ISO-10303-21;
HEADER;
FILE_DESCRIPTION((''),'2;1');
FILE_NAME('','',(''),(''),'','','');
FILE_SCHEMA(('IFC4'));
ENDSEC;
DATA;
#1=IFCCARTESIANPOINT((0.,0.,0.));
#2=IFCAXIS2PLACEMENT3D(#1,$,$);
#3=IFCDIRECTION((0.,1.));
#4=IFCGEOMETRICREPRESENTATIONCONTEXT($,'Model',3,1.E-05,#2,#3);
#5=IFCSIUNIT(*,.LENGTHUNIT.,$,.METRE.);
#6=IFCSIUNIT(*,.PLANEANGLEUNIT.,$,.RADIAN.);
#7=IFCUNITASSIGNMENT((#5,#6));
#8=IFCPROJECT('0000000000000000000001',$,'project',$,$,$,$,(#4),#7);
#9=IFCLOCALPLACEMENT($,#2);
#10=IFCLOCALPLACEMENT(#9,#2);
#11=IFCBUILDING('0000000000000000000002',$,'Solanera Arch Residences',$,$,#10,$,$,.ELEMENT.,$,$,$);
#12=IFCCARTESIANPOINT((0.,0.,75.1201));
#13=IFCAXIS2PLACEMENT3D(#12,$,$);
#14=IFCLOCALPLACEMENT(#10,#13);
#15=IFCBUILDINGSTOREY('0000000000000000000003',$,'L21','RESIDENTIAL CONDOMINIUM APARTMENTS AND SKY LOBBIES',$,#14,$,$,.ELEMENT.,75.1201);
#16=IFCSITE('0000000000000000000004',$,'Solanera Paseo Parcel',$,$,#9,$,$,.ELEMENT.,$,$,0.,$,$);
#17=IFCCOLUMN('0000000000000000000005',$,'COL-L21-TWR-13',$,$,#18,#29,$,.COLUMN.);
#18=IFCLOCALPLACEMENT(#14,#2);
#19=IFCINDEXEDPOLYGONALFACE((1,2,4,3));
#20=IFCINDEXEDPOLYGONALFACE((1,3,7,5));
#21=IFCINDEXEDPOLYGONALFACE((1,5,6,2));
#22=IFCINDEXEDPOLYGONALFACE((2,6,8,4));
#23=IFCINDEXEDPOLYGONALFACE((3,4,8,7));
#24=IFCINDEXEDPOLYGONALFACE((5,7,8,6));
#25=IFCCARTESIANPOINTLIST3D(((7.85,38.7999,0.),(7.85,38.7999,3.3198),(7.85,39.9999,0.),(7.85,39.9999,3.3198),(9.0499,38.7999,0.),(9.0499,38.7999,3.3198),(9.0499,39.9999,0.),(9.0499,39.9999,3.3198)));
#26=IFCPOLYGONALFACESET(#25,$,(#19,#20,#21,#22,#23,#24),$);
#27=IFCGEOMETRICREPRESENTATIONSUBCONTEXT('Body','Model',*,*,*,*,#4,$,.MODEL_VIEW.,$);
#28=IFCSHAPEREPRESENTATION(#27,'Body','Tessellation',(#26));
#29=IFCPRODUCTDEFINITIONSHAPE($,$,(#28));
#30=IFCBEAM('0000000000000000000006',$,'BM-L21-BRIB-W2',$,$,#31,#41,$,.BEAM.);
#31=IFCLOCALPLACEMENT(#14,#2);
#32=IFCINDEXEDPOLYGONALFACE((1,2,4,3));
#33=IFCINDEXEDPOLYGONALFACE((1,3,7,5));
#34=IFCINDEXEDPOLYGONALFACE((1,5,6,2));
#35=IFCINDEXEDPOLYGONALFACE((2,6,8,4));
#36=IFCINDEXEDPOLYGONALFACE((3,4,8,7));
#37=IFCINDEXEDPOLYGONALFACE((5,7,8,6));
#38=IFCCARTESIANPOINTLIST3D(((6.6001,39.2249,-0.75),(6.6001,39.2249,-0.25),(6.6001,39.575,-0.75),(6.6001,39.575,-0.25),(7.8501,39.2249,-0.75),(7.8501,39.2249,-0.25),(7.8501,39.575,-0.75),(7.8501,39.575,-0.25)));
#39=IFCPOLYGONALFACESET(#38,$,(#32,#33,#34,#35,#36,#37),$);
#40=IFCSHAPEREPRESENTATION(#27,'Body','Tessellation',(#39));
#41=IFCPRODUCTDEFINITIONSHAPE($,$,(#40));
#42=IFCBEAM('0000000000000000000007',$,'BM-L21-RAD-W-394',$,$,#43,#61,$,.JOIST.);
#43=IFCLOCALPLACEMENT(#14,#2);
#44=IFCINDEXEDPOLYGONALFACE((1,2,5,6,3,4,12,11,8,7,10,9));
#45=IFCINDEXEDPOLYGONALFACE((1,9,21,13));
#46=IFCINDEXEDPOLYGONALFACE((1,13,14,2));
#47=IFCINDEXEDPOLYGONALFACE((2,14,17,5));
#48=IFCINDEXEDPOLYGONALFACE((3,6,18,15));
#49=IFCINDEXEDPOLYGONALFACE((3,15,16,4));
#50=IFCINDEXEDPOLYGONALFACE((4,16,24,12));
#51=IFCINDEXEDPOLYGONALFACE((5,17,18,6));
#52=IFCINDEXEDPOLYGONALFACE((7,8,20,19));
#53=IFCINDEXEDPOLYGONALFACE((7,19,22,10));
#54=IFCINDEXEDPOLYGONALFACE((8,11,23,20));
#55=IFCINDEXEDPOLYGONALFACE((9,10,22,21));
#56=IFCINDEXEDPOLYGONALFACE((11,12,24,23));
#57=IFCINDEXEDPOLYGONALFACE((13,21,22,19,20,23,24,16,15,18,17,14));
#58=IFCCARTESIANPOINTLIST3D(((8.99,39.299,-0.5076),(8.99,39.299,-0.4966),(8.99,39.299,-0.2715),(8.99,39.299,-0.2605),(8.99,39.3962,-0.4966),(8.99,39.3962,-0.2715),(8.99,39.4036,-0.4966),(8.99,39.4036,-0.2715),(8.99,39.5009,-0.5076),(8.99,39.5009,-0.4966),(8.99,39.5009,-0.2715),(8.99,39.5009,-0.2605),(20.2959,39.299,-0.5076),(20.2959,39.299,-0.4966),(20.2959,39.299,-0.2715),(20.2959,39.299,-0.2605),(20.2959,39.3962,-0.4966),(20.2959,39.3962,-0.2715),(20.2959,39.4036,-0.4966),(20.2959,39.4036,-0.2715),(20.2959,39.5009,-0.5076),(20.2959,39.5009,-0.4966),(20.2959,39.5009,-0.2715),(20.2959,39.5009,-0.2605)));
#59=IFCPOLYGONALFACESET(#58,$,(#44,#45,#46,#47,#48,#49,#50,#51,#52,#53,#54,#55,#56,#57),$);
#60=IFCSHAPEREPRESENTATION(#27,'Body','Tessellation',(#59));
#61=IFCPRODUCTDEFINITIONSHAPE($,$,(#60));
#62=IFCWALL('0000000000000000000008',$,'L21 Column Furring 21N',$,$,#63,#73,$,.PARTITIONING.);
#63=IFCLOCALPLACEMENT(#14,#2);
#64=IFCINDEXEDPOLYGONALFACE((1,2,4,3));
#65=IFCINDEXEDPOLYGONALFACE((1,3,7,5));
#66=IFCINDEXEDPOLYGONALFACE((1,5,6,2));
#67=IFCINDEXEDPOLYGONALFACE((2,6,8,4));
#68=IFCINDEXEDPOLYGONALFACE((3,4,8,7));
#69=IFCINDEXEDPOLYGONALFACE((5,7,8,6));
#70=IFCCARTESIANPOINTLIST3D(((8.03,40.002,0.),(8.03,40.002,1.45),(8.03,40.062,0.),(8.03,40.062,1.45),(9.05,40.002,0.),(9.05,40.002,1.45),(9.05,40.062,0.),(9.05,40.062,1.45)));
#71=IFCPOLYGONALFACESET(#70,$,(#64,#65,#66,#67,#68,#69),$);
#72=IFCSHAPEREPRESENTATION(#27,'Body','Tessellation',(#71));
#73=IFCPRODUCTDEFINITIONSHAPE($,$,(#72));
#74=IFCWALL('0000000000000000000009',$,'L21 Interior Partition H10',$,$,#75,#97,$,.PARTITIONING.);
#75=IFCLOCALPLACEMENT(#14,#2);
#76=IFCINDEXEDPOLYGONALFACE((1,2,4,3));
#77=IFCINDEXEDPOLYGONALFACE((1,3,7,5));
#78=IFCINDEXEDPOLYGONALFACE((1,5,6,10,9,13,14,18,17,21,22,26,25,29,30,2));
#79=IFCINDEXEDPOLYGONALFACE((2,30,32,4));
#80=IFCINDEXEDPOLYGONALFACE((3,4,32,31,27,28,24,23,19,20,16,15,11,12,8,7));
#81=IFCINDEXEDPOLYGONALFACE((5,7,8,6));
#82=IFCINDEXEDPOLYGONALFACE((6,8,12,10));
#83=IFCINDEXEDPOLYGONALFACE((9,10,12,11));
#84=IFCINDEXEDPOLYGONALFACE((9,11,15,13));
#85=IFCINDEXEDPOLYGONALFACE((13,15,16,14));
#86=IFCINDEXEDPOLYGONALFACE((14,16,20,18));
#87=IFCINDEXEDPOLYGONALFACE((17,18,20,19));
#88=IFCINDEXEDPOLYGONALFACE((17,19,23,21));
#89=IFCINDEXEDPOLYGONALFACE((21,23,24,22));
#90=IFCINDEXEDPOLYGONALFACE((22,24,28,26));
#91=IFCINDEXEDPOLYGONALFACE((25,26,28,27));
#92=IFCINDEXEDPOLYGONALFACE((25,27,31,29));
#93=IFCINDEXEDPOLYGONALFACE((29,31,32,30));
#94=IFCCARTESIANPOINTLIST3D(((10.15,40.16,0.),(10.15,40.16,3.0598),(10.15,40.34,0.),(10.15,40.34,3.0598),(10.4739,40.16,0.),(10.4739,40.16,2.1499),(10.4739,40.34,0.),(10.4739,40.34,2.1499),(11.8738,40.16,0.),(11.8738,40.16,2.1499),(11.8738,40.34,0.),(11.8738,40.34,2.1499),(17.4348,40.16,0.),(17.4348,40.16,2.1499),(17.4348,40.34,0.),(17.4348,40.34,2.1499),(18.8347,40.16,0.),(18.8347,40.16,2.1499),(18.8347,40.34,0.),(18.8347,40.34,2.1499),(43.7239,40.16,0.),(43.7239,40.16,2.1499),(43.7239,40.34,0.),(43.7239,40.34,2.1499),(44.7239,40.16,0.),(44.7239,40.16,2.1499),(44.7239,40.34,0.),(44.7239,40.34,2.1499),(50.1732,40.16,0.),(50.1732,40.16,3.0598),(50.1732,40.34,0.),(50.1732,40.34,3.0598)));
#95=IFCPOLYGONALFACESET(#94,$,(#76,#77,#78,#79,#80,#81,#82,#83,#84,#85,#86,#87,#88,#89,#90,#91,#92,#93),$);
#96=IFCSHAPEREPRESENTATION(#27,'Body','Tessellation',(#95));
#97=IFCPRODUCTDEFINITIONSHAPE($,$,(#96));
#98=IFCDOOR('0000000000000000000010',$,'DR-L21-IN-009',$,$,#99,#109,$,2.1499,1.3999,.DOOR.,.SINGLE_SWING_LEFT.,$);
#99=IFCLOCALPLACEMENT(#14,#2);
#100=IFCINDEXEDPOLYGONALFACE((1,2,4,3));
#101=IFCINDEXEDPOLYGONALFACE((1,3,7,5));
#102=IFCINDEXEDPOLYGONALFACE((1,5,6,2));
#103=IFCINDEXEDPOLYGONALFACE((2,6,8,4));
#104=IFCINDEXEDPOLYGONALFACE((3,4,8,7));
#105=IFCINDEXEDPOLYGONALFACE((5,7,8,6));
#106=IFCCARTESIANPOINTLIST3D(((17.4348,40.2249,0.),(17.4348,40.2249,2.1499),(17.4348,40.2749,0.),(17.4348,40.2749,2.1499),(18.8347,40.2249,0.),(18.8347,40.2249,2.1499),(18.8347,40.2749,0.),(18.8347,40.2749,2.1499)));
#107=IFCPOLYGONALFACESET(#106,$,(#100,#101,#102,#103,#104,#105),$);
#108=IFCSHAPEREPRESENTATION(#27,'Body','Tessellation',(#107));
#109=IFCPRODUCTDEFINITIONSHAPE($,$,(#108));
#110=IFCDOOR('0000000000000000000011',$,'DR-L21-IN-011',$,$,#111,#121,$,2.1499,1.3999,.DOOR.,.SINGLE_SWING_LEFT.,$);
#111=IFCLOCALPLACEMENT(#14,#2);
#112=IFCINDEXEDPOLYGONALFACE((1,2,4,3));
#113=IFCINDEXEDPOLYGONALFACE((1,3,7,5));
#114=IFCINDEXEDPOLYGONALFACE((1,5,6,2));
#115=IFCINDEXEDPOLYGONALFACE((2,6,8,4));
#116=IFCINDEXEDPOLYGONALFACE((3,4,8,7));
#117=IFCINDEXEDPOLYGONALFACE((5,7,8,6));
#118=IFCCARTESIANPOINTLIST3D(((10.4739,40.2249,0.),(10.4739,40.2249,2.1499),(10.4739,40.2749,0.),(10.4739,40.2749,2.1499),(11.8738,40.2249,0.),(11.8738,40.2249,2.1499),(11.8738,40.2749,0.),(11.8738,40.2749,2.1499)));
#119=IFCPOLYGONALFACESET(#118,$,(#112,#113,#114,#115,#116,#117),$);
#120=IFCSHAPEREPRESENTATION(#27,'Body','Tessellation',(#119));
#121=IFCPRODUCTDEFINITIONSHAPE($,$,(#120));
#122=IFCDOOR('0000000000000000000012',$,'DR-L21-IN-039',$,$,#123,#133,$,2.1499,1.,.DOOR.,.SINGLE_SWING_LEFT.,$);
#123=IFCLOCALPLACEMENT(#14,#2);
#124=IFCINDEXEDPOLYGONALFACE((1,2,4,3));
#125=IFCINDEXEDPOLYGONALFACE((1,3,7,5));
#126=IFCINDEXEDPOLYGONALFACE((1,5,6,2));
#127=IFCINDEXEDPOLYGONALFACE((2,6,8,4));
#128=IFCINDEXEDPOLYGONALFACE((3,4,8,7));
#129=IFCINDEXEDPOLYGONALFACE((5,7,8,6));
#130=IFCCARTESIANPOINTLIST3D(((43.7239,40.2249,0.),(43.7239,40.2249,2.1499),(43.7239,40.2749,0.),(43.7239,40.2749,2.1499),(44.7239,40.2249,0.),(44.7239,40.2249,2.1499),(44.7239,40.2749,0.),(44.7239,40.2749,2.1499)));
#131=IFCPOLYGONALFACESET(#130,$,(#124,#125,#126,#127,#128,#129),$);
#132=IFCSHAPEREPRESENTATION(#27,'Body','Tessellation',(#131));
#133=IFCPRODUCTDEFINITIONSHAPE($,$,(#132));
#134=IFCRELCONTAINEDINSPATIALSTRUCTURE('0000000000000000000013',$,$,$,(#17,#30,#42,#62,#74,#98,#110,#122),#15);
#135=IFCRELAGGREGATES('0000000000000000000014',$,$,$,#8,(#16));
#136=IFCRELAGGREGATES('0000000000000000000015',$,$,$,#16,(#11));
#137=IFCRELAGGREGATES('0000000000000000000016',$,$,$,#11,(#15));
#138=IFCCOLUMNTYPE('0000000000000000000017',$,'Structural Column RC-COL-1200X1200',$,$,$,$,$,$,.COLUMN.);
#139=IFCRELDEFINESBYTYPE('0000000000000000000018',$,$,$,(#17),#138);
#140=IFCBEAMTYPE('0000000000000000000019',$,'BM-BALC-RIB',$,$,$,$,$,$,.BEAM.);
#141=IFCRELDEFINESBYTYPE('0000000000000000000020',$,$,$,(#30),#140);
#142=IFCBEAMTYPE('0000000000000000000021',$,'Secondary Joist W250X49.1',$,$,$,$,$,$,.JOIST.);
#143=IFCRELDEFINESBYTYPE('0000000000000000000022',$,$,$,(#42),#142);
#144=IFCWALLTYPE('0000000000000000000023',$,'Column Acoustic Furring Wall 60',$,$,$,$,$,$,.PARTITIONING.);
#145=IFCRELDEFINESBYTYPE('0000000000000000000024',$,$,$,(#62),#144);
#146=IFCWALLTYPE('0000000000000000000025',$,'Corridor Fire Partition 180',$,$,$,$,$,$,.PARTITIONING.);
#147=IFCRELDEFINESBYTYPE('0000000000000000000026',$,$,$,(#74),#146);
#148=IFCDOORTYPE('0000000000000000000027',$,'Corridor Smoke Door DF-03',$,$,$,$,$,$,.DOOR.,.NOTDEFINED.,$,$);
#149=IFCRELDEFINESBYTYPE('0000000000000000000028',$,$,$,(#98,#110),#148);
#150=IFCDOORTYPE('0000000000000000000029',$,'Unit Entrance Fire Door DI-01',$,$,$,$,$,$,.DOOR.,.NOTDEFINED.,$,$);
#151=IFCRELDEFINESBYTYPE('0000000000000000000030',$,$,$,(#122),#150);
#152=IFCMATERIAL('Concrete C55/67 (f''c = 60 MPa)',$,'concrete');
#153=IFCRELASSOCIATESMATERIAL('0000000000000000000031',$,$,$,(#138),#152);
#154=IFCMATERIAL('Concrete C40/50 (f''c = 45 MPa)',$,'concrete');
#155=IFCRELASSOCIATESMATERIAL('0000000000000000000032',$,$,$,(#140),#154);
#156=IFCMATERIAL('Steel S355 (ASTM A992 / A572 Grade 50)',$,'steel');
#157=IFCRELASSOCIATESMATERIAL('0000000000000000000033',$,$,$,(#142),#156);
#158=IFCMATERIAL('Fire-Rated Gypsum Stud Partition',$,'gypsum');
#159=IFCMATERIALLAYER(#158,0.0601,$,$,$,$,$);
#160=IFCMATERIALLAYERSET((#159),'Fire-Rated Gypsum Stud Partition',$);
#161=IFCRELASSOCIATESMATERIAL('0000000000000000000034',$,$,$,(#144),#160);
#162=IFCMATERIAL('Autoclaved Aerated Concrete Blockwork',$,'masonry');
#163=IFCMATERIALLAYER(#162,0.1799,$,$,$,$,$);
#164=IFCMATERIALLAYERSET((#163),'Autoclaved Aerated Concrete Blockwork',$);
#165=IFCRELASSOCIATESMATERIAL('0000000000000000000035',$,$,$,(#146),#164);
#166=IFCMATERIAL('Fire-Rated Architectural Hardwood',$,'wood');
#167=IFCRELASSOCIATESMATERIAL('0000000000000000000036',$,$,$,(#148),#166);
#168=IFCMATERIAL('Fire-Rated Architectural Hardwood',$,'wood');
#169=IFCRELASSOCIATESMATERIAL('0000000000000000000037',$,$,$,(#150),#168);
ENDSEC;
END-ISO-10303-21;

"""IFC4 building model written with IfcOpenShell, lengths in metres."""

from ifc_helpers import new_model, si_unit, direction, frame, frame_2d, origin, origin_2d, place, context, subcontext, project, spatial, rectangle, i_section, extrude, material, layer, layer_set, material_profile, profile_set, type_object, element, fill, save


model = new_model("IFC4")

# Units and contexts
model_context = context("Model", 3, precision=1e-05, world=origin(), true_north=direction((0.0, 1.0)))
body_context = subcontext(model_context, "Body", "Model", "MODEL_VIEW")
ifc_project = project(units=[si_unit("LENGTHUNIT", "METRE"), si_unit("PLANEANGLEUNIT", "RADIAN")], contexts=[model_context])

# Site, building, storey
site_placement = place(None, origin())
site = spatial("IfcSite", under=ifc_project, at=site_placement, Name="Solanera Paseo Parcel", CompositionType="ELEMENT", RefElevation=0.0)
building_placement = place(site_placement, origin())
building = spatial("IfcBuilding", under=site, at=building_placement, Name="Solanera Arch Residences", CompositionType="ELEMENT")
storey_placement = place(building_placement, frame((0.0, 0.0, 75.1201)))
storey = spatial("IfcBuildingStorey", under=building, at=storey_placement, Name="L21", Description="RESIDENTIAL CONDOMINIUM APARTMENTS AND SKY LOBBIES", CompositionType="ELEMENT", Elevation=75.1201)

# Column
ifc_material_1 = material(Name="Concrete C55/67 (f'c = 60 MPa)", Category="concrete")
ifc_material_profile_1 = material_profile(ifc_material_1, rectangle(XDim=1.2, YDim=1.2, at=origin_2d()))
ifc_profile_set_1 = profile_set([ifc_material_profile_1], Name="Concrete C55/67 (f'c = 60 MPa)")
column_type = type_object("IfcColumnType", Name="Structural Column RC-COL-1200X1200", PredefinedType="COLUMN", material=ifc_profile_set_1)
column_placement = place(storey_placement, frame((8.45, 39.3999, 0.0), z_axis=(0.0, 0.0, 1.0), x_axis=(1.0, 0.0, 0.0)))
element("IfcColumn", 1, at=column_placement, inside=storey, type_object=column_type, Name="COL-L21-TWR-13", PredefinedType="COLUMN", context=body_context, shape_type="SweptSolid", body=[
    extrude(rectangle(XDim=1.2, YDim=1.2, at=origin_2d()), origin(), (0.0, 0.0, 1.0), 3.3198),
])

# Beams
ifc_material_2 = material(Name="Concrete C40/50 (f'c = 45 MPa)", Category="concrete")
ifc_material_profile_2 = material_profile(ifc_material_2, rectangle(XDim=0.3501, YDim=0.5, at=origin_2d()))
ifc_profile_set_2 = profile_set([ifc_material_profile_2], Name="Concrete C40/50 (f'c = 45 MPa)")
beam_type_1 = type_object("IfcBeamType", Name="BM-BALC-RIB", PredefinedType="BEAM", material=ifc_profile_set_2)
beam_1_placement = place(storey_placement, frame((6.6001, 39.3999, -0.5), z_axis=(1.0, 0.0, 0.0), x_axis=(0.0, 1.0, 0.0)))
element("IfcBeam", 2, at=beam_1_placement, inside=storey, type_object=beam_type_1, Name="BM-L21-BRIB-W2", PredefinedType="BEAM", context=body_context, shape_type="SweptSolid", body=[
    extrude(rectangle(XDim=0.3501, YDim=0.5, at=origin_2d()), origin(), (0.0, 0.0, 1.0), 1.25),
])
ifc_material_3 = material(Name="Steel S355 (ASTM A992 / A572 Grade 50)", Category="steel")
ifc_material_profile_3 = material_profile(ifc_material_3, i_section(OverallWidth=0.2019, OverallDepth=0.2471, WebThickness=0.0073, FlangeThickness=0.011, at=origin_2d()))
ifc_profile_set_3 = profile_set([ifc_material_profile_3], Name="Steel S355 (ASTM A992 / A572 Grade 50)")
beam_type_2 = type_object("IfcBeamType", Name="Secondary Joist W250X49.1", PredefinedType="JOIST", material=ifc_profile_set_3)
beam_2_placement = place(storey_placement, frame((8.99, 39.3999, -0.384), z_axis=(1.0, 0.0, 0.0), x_axis=(0.0, 1.0, 0.0)))
element("IfcBeam", 3, at=beam_2_placement, inside=storey, type_object=beam_type_2, Name="BM-L21-RAD-W-394", PredefinedType="JOIST", context=body_context, shape_type="SweptSolid", body=[
    extrude(i_section(OverallWidth=0.2019, OverallDepth=0.2471, WebThickness=0.0073, FlangeThickness=0.011, at=origin_2d()), origin(), (0.0, 0.0, 1.0), 11.3059),
])

# Wall
ifc_material_4 = material(Name="Fire-Rated Gypsum Stud Partition", Category="gypsum")
ifc_layer_1 = layer(ifc_material_4, 0.0601)
ifc_layer_set_1 = layer_set([ifc_layer_1], Name="Fire-Rated Gypsum Stud Partition")
wall_type_1 = type_object("IfcWallType", Name="Column Acoustic Furring Wall 60", PredefinedType="PARTITIONING", material=ifc_layer_set_1)
wall_1_placement = place(storey_placement, frame((8.03, 40.032, 0.0), z_axis=(0.0, 0.0, 1.0), x_axis=(1.0, 0.0, 0.0)))
element("IfcWall", 4, at=wall_1_placement, inside=storey, type_object=wall_type_1, Name="L21 Column Furring 21N", PredefinedType="PARTITIONING", context=body_context, shape_type="SweptSolid", body=[
    extrude(rectangle(XDim=1.02, YDim=0.0601, at=frame_2d((0.51, 0.0))), origin(), (0.0, 0.0, 1.0), 1.45),
])

# Wall, openings, doors
ifc_material_5 = material(Name="Autoclaved Aerated Concrete Blockwork", Category="masonry")
ifc_layer_2 = layer(ifc_material_5, 0.1799)
ifc_layer_set_2 = layer_set([ifc_layer_2], Name="Autoclaved Aerated Concrete Blockwork")
wall_type_2 = type_object("IfcWallType", Name="Corridor Fire Partition 180", PredefinedType="PARTITIONING", material=ifc_layer_set_2)
wall_2_placement = place(storey_placement, frame((10.1499, 40.25, 0.0), z_axis=(0.0, 0.0, 1.0), x_axis=(1.0, 0.0, 0.0)))
wall_2 = element("IfcWall", 5, at=wall_2_placement, inside=storey, type_object=wall_type_2, Name="L21 Interior Partition H10", PredefinedType="PARTITIONING", context=body_context, shape_type="SweptSolid", body=[
    extrude(rectangle(XDim=40.0232, YDim=0.1799, at=frame_2d((20.0117, 0.0))), origin(), (0.0, 0.0, 1.0), 3.0598),
])
opening_1_placement = place(wall_2_placement, frame((7.2849, 0.0, 0.0)))
opening_1 = element("IfcOpeningElement", 6, at=opening_1_placement, cuts=wall_2, PredefinedType="OPENING", context=body_context, shape_type="SweptSolid", body=[
    extrude(rectangle(XDim=1.3999, YDim=2.1499, at=frame_2d((0.7, 1.075))), frame((0.0, 0.1001, 0.0), z_axis=(0.0, -1.0, 0.0), x_axis=(1.0, 0.0, 0.0)), (0.0, 0.0, 1.0), 0.1999),
])
opening_2_placement = place(wall_2_placement, frame((0.324, 0.0, 0.0)))
opening_2 = element("IfcOpeningElement", 7, at=opening_2_placement, cuts=wall_2, PredefinedType="OPENING", context=body_context, shape_type="SweptSolid", body=[
    extrude(rectangle(XDim=1.3999, YDim=2.1499, at=frame_2d((0.7, 1.075))), frame((0.0, 0.1001, 0.0), z_axis=(0.0, -1.0, 0.0), x_axis=(1.0, 0.0, 0.0)), (0.0, 0.0, 1.0), 0.1999),
])
opening_3_placement = place(wall_2_placement, frame((33.574, 0.0, 0.0)))
opening_3 = element("IfcOpeningElement", 8, at=opening_3_placement, cuts=wall_2, PredefinedType="OPENING", context=body_context, shape_type="SweptSolid", body=[
    extrude(rectangle(XDim=1.0, YDim=2.1499, at=frame_2d((0.5, 1.075))), frame((0.0, 0.1001, 0.0), z_axis=(0.0, -1.0, 0.0), x_axis=(1.0, 0.0, 0.0)), (0.0, 0.0, 1.0), 0.1999),
])
ifc_material_6 = material(Name="Fire-Rated Architectural Hardwood", Category="wood")
door_type_1 = type_object("IfcDoorType", Name="Corridor Smoke Door DF-03", OperationType="NOTDEFINED", PredefinedType="DOOR", material=ifc_material_6)
door_1_placement = place(opening_1_placement, origin())
door_1 = element("IfcDoor", 9, at=door_1_placement, inside=storey, type_object=door_type_1, Name="DR-L21-IN-009", OperationType="SINGLE_SWING_LEFT", OverallHeight=2.1499, OverallWidth=1.3999, PredefinedType="DOOR", context=body_context, shape_type="SweptSolid", body=[
    extrude(rectangle(XDim=1.3999, YDim=2.1499, at=frame_2d((0.7, 1.075))), frame((0.0, 0.0249, 0.0), z_axis=(0.0, -1.0, 0.0), x_axis=(1.0, 0.0, 0.0)), (0.0, 0.0, 1.0), 0.05),
])
fill(opening_1, door_1)
door_2_placement = place(opening_2_placement, origin())
door_2 = element("IfcDoor", 10, at=door_2_placement, inside=storey, type_object=door_type_1, Name="DR-L21-IN-011", OperationType="SINGLE_SWING_LEFT", OverallHeight=2.1499, OverallWidth=1.3999, PredefinedType="DOOR", context=body_context, shape_type="SweptSolid", body=[
    extrude(rectangle(XDim=1.3999, YDim=2.1499, at=frame_2d((0.7, 1.075))), frame((0.0, 0.0249, 0.0), z_axis=(0.0, -1.0, 0.0), x_axis=(1.0, 0.0, 0.0)), (0.0, 0.0, 1.0), 0.05),
])
fill(opening_2, door_2)
ifc_material_7 = material(Name="Fire-Rated Architectural Hardwood", Category="wood")
door_type_2 = type_object("IfcDoorType", Name="Unit Entrance Fire Door DI-01", OperationType="NOTDEFINED", PredefinedType="DOOR", material=ifc_material_7)
door_3_placement = place(opening_3_placement, origin())
door_3 = element("IfcDoor", 11, at=door_3_placement, inside=storey, type_object=door_type_2, Name="DR-L21-IN-039", OperationType="SINGLE_SWING_LEFT", OverallHeight=2.1499, OverallWidth=1.0, PredefinedType="DOOR", context=body_context, shape_type="SweptSolid", body=[
    extrude(rectangle(XDim=1.0, YDim=2.1499, at=frame_2d((0.5, 1.075))), frame((0.0, 0.0249, 0.0), z_axis=(0.0, -1.0, 0.0), x_axis=(1.0, 0.0, 0.0)), (0.0, 0.0, 1.0), 0.05),
])
fill(opening_3, door_3)

save(model, "model.ifc")
